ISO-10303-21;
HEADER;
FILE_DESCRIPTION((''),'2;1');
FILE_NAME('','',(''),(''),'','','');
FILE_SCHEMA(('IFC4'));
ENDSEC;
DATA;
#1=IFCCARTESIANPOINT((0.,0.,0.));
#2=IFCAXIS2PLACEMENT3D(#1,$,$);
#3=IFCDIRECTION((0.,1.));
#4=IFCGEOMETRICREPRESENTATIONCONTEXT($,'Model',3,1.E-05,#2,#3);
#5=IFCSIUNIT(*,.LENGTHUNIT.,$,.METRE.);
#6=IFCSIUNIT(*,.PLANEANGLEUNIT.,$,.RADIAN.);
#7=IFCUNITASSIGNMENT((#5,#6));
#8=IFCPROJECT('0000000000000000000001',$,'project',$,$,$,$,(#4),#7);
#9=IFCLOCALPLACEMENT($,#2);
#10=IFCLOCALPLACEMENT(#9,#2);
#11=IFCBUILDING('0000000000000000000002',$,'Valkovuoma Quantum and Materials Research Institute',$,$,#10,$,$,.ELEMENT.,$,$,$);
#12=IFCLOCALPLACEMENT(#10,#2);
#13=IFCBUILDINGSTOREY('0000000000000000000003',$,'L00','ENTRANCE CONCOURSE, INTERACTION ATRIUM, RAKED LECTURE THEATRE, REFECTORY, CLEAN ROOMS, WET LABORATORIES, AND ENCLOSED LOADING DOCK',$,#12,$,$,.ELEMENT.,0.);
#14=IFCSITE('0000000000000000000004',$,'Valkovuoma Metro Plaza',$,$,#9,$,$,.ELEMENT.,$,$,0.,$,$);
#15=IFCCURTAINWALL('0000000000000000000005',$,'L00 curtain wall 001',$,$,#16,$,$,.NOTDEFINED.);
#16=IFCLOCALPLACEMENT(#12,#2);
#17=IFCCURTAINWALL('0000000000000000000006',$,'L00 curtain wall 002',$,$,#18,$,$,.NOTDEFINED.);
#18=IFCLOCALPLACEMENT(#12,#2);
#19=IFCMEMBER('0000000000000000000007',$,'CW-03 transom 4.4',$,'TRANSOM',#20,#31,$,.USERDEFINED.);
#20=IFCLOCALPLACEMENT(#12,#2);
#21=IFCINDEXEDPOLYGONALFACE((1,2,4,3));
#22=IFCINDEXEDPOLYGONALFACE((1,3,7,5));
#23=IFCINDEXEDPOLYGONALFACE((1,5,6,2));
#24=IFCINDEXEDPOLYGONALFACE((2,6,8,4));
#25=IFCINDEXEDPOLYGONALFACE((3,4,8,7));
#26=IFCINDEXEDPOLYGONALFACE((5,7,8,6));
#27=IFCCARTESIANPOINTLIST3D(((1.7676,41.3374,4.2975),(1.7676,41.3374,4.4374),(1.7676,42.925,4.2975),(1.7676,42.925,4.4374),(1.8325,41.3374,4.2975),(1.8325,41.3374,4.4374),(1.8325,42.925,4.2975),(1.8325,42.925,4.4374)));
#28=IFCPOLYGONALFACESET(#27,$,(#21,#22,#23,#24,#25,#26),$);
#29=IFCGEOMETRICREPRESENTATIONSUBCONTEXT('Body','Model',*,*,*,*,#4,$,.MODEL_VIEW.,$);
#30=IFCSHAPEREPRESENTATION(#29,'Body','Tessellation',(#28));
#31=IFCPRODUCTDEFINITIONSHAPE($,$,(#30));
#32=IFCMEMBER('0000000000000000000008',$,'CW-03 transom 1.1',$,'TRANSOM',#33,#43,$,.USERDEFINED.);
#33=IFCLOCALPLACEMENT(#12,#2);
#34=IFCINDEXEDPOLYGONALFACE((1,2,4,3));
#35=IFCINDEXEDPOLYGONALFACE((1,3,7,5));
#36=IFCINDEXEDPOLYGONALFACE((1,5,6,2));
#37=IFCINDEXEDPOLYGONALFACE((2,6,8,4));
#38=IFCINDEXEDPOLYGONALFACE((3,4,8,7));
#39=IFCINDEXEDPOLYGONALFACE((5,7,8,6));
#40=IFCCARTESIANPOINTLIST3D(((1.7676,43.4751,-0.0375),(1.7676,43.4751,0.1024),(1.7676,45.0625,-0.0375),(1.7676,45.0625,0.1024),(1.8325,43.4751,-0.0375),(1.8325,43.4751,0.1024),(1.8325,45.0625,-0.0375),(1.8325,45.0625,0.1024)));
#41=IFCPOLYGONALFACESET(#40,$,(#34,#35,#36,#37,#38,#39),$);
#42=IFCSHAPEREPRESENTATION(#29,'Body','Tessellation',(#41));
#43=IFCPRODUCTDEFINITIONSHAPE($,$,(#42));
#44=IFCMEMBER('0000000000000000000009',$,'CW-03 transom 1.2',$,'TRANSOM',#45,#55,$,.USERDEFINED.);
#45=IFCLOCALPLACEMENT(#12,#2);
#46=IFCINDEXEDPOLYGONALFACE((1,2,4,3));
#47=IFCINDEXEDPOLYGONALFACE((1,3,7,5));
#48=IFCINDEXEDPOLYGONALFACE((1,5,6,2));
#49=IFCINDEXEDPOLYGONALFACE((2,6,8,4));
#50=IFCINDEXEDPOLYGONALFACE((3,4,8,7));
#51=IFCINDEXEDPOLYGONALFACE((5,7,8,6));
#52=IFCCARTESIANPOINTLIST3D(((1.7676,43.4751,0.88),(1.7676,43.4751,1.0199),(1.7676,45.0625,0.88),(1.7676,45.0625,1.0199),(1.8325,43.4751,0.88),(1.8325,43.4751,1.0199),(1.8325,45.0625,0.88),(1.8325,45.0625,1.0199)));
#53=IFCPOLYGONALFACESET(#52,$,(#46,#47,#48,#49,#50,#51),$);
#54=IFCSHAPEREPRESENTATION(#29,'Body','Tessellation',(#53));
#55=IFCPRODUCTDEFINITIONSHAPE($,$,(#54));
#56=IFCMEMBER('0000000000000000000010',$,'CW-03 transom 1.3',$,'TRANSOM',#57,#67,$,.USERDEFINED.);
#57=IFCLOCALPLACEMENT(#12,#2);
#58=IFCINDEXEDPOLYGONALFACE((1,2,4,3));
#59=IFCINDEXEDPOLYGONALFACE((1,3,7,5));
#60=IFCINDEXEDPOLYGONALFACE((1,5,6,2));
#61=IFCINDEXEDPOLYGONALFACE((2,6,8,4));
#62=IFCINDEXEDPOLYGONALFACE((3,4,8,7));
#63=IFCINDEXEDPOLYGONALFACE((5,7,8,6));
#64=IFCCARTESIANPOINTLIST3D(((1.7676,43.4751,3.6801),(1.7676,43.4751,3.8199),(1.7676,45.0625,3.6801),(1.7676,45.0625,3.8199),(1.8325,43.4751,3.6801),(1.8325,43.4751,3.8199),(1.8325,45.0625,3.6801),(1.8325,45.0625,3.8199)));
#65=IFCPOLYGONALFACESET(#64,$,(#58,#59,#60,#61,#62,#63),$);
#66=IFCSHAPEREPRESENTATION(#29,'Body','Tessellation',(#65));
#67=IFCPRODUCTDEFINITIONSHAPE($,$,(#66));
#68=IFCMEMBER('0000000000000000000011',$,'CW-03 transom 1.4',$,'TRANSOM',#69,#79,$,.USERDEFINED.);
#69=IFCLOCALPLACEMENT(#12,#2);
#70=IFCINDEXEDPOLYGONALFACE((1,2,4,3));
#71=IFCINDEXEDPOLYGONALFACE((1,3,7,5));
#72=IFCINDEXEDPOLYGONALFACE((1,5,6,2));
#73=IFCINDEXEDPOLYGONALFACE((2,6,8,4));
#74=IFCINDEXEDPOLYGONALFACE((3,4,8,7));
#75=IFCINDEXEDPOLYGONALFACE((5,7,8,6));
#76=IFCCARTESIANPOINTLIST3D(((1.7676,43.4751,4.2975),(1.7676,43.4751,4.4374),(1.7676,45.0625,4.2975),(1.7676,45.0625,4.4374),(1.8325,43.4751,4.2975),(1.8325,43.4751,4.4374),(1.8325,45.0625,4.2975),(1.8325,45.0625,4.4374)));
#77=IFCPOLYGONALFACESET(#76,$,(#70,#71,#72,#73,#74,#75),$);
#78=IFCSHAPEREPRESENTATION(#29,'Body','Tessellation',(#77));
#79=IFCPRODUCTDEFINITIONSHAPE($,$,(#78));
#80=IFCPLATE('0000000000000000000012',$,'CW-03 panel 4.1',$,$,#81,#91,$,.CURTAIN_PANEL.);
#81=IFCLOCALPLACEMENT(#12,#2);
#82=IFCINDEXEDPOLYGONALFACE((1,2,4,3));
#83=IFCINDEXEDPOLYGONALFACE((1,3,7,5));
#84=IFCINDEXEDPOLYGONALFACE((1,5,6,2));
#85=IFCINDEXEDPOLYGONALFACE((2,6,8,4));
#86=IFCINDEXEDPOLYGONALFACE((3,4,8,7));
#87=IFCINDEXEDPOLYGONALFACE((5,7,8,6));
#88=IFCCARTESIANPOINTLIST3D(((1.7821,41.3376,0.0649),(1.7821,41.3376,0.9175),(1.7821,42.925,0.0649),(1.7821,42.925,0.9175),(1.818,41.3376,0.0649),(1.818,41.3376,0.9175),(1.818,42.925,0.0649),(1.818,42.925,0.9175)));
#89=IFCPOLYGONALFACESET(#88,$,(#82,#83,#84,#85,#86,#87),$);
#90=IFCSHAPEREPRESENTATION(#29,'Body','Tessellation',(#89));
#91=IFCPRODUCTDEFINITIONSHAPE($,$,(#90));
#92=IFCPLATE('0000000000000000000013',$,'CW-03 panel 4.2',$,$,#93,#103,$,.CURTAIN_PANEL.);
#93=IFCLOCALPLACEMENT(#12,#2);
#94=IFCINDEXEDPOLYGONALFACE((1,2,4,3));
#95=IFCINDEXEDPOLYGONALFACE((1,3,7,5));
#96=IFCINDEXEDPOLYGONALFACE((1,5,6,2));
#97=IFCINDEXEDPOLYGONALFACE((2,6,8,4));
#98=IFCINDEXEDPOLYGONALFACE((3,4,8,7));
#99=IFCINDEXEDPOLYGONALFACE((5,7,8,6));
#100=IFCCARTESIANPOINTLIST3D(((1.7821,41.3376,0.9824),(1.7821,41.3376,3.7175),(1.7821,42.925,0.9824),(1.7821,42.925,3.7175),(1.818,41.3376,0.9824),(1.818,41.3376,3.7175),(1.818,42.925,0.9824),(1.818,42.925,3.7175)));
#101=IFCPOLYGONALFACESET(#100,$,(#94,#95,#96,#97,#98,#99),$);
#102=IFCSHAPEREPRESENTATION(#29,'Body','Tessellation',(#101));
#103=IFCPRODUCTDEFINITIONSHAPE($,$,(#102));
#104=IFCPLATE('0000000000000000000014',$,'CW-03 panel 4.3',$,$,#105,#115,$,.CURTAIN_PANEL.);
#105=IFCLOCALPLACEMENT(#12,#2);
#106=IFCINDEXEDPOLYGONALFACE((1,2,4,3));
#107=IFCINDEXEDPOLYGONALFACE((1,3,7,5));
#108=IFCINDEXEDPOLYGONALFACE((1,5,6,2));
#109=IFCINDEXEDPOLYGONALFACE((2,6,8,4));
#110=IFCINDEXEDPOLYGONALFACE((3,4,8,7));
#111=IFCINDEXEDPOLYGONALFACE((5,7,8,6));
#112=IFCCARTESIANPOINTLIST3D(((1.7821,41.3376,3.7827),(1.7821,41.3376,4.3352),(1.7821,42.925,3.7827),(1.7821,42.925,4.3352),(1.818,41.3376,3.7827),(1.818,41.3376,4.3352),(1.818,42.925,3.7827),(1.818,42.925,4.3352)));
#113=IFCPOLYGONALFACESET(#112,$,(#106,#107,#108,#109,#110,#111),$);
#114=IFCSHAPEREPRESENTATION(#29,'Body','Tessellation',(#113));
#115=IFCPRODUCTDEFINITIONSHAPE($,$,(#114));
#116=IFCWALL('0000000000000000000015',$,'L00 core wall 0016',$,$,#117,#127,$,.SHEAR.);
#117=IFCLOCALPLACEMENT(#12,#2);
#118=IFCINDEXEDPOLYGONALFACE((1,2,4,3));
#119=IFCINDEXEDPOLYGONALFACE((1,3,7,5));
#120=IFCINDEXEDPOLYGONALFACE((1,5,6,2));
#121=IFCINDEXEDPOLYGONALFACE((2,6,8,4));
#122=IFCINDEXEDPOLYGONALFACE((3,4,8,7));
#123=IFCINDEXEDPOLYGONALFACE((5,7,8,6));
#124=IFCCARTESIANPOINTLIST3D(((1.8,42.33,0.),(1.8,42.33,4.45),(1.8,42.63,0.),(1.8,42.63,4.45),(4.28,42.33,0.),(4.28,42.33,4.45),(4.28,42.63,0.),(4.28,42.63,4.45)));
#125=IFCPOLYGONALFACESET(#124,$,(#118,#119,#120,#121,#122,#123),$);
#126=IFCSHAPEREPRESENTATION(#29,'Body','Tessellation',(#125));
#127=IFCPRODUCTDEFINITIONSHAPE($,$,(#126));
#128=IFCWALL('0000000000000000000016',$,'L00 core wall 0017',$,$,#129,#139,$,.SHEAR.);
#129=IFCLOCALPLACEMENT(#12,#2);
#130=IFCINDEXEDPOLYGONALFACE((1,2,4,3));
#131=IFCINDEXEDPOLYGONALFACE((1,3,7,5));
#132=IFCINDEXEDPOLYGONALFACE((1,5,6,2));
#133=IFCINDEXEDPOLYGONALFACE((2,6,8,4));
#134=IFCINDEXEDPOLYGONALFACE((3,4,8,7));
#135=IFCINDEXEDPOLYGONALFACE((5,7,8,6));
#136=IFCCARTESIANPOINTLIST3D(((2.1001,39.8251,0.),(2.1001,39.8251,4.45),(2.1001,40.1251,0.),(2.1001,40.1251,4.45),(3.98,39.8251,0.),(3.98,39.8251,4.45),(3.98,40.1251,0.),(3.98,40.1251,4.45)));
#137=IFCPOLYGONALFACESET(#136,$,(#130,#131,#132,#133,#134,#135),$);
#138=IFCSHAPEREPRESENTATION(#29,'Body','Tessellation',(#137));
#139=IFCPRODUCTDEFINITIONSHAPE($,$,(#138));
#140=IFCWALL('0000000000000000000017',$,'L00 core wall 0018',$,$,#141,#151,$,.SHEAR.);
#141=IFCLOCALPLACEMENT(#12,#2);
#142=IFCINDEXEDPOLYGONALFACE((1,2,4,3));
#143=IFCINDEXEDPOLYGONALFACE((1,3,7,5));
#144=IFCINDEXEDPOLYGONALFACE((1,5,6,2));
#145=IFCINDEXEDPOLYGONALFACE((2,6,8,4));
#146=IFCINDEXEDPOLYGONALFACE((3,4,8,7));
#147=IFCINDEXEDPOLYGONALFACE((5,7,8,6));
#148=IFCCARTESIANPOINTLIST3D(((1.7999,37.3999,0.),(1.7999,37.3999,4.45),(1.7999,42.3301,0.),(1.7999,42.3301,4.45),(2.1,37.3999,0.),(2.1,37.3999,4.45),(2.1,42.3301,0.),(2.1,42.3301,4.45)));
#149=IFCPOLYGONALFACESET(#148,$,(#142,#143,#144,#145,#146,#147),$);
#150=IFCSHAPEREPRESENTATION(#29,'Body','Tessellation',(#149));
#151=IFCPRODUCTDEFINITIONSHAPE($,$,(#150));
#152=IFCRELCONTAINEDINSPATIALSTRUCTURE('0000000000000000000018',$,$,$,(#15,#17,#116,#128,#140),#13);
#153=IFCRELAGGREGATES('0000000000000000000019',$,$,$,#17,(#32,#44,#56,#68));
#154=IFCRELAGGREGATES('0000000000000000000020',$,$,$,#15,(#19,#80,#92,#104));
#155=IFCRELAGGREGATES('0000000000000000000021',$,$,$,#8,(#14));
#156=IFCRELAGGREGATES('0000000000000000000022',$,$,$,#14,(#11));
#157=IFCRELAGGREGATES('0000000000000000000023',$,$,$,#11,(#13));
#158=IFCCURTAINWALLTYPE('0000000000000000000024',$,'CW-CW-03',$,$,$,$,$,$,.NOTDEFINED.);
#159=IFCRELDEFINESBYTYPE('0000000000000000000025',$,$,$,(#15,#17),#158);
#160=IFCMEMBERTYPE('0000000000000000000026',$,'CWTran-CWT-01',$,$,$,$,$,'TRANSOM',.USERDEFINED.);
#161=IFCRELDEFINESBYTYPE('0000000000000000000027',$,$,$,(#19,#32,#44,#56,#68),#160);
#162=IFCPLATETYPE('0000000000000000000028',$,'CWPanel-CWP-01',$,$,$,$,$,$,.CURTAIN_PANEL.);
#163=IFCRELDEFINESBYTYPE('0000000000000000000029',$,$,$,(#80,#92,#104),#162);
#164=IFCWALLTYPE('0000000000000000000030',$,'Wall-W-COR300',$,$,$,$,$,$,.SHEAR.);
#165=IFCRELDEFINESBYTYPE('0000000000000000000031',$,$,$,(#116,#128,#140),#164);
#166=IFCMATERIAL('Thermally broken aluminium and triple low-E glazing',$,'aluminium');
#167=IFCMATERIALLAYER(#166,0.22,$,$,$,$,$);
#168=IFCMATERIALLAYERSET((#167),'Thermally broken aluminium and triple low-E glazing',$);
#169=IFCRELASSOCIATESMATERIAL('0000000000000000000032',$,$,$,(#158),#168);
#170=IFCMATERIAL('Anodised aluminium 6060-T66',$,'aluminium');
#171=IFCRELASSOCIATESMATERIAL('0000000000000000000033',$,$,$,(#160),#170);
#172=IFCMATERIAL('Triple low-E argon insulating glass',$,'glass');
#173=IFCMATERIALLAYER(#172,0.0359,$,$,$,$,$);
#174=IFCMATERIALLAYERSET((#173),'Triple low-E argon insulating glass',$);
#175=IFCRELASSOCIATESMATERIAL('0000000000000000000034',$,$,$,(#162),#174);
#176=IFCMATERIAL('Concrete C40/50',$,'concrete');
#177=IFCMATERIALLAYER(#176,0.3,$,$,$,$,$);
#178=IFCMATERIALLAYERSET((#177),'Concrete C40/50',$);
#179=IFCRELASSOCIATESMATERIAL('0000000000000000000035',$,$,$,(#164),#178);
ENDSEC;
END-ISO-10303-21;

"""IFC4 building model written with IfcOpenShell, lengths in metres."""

from ifc_helpers import new_model, si_unit, direction, frame, frame_2d, origin, origin_2d, place, context, subcontext, project, spatial, rectangle, extrude, material, layer, layer_set, material_profile, profile_set, type_object, element, aggregate, save


model = new_model("IFC4")

# Units and contexts
model_context = context("Model", 3, precision=1e-05, world=origin(), true_north=direction((0.0, 1.0)))
body_context = subcontext(model_context, "Body", "Model", "MODEL_VIEW")
ifc_project = project(units=[si_unit("LENGTHUNIT", "METRE"), si_unit("PLANEANGLEUNIT", "RADIAN")], contexts=[model_context])

# Site, building, storey
site_placement = place(None, origin())
site = spatial("IfcSite", under=ifc_project, at=site_placement, Name="Valkovuoma Metro Plaza", CompositionType="ELEMENT", RefElevation=0.0)
building_placement = place(site_placement, origin())
building = spatial("IfcBuilding", under=site, at=building_placement, Name="Valkovuoma Quantum and Materials Research Institute", CompositionType="ELEMENT")
storey_placement = place(building_placement, origin())
storey = spatial("IfcBuildingStorey", under=building, at=storey_placement, Name="L00", Description="ENTRANCE CONCOURSE, INTERACTION ATRIUM, RAKED LECTURE THEATRE, REFECTORY, CLEAN ROOMS, WET LABORATORIES, AND ENCLOSED LOADING DOCK", CompositionType="ELEMENT", Elevation=0.0)

# Curtain walls
ifc_material_1 = material(Name="Thermally broken aluminium and triple low-E glazing", Category="aluminium")
ifc_layer_1 = layer(ifc_material_1, 0.22)
ifc_layer_set_1 = layer_set([ifc_layer_1], Name="Thermally broken aluminium and triple low-E glazing")
curtain_wall_type = type_object("IfcCurtainWallType", Name="CW-CW-03", PredefinedType="NOTDEFINED", material=ifc_layer_set_1)
curtain_wall_1_placement = place(storey_placement, origin())
curtain_wall_1 = element("IfcCurtainWall", 1, at=curtain_wall_1_placement, inside=storey, type_object=curtain_wall_type, Name="L00 curtain wall 001", PredefinedType="NOTDEFINED")
curtain_wall_2_placement = place(storey_placement, origin())
curtain_wall_2 = element("IfcCurtainWall", 2, at=curtain_wall_2_placement, inside=storey, type_object=curtain_wall_type, Name="L00 curtain wall 002", PredefinedType="NOTDEFINED")

# Members
ifc_material_2 = material(Name="Anodised aluminium 6060-T66", Category="aluminium")
ifc_material_profile_1 = material_profile(ifc_material_2, rectangle(XDim=0.0649, YDim=0.1399, at=origin_2d()), Name="Anodised aluminium 6060-T66")
ifc_profile_set_1 = profile_set([ifc_material_profile_1], Name="Anodised aluminium 6060-T66")
member_type_1 = type_object("IfcMemberType", Name="CWTran-CWT-01", ElementType="TRANSOM", PredefinedType="USERDEFINED", material=ifc_profile_set_1)
member_1_placement = place(storey_placement, frame((1.8, 41.3374, 4.3674), z_axis=(0.0, 1.0, 0.0), x_axis=(-1.0, 0.0, 0.0)))
member_1 = element("IfcMember", 3, at=member_1_placement, type_object=member_type_1, Name="CW-03 transom 4.4", ObjectType="TRANSOM", PredefinedType="USERDEFINED", context=body_context, shape_type="SweptSolid", body=[
    extrude(rectangle(XDim=0.0649, YDim=0.1399, at=origin_2d()), origin(), (0.0, 0.0, 1.0), 1.5876),
])
member_2_placement = place(storey_placement, frame((1.8, 43.4751, 0.0325), z_axis=(0.0, 1.0, 0.0), x_axis=(-1.0, 0.0, 0.0)))
member_2 = element("IfcMember", 4, at=member_2_placement, type_object=member_type_1, Name="CW-03 transom 1.1", ObjectType="TRANSOM", PredefinedType="USERDEFINED", context=body_context, shape_type="SweptSolid", body=[
    extrude(rectangle(XDim=0.0649, YDim=0.1399, at=origin_2d()), origin(), (0.0, 0.0, 1.0), 1.5874),
])
member_3_placement = place(storey_placement, frame((1.8, 43.4751, 0.95), z_axis=(0.0, 1.0, 0.0), x_axis=(-1.0, 0.0, 0.0)))
member_3 = element("IfcMember", 5, at=member_3_placement, type_object=member_type_1, Name="CW-03 transom 1.2", ObjectType="TRANSOM", PredefinedType="USERDEFINED", context=body_context, shape_type="SweptSolid", body=[
    extrude(rectangle(XDim=0.0649, YDim=0.1399, at=origin_2d()), origin(), (0.0, 0.0, 1.0), 1.5874),
])
member_4_placement = place(storey_placement, frame((1.8, 43.4751, 3.75), z_axis=(0.0, 1.0, 0.0), x_axis=(-1.0, 0.0, 0.0)))
member_4 = element("IfcMember", 6, at=member_4_placement, type_object=member_type_1, Name="CW-03 transom 1.3", ObjectType="TRANSOM", PredefinedType="USERDEFINED", context=body_context, shape_type="SweptSolid", body=[
    extrude(rectangle(XDim=0.0649, YDim=0.1399, at=origin_2d()), origin(), (0.0, 0.0, 1.0), 1.5874),
])
member_5_placement = place(storey_placement, frame((1.8, 43.4751, 4.3674), z_axis=(0.0, 1.0, 0.0), x_axis=(-1.0, 0.0, 0.0)))
member_5 = element("IfcMember", 7, at=member_5_placement, type_object=member_type_1, Name="CW-03 transom 1.4", ObjectType="TRANSOM", PredefinedType="USERDEFINED", context=body_context, shape_type="SweptSolid", body=[
    extrude(rectangle(XDim=0.0649, YDim=0.1399, at=origin_2d()), origin(), (0.0, 0.0, 1.0), 1.5874),
])
aggregate(curtain_wall_2, [member_2, member_3, member_4, member_5])

# Plates
ifc_material_3 = material(Name="Triple low-E argon insulating glass", Category="glass")
ifc_layer_2 = layer(ifc_material_3, 0.0359)
ifc_layer_set_2 = layer_set([ifc_layer_2], Name="Triple low-E argon insulating glass")
plate_type = type_object("IfcPlateType", Name="CWPanel-CWP-01", PredefinedType="CURTAIN_PANEL", material=ifc_layer_set_2)
plate_1_placement = place(storey_placement, frame((1.8, 42.1313, 0.0649), z_axis=(0.0, 0.0, 1.0), x_axis=(0.0, 1.0, 0.0)))
plate_1 = element("IfcPlate", 8, at=plate_1_placement, type_object=plate_type, Name="CW-03 panel 4.1", PredefinedType="CURTAIN_PANEL", context=body_context, shape_type="SweptSolid", body=[
    extrude(rectangle(XDim=1.5874, YDim=0.0359, at=origin_2d()), origin(), (0.0, 0.0, 1.0), 0.8525),
])
plate_2_placement = place(storey_placement, frame((1.8, 42.1313, 0.9824), z_axis=(0.0, 0.0, 1.0), x_axis=(0.0, 1.0, 0.0)))
plate_2 = element("IfcPlate", 9, at=plate_2_placement, type_object=plate_type, Name="CW-03 panel 4.2", PredefinedType="CURTAIN_PANEL", context=body_context, shape_type="SweptSolid", body=[
    extrude(rectangle(XDim=1.5874, YDim=0.0359, at=origin_2d()), origin(), (0.0, 0.0, 1.0), 2.7351),
])
plate_3_placement = place(storey_placement, frame((1.8, 42.1313, 3.7827), z_axis=(0.0, 0.0, 1.0), x_axis=(0.0, 1.0, 0.0)))
plate_3 = element("IfcPlate", 10, at=plate_3_placement, type_object=plate_type, Name="CW-03 panel 4.3", PredefinedType="CURTAIN_PANEL", context=body_context, shape_type="SweptSolid", body=[
    extrude(rectangle(XDim=1.5874, YDim=0.0359, at=origin_2d()), origin(), (0.0, 0.0, 1.0), 0.5525),
])
aggregate(curtain_wall_1, [member_1, plate_1, plate_2, plate_3])

# Walls
ifc_material_4 = material(Name="Concrete C40/50", Category="concrete")
ifc_layer_3 = layer(ifc_material_4, 0.3)
ifc_layer_set_3 = layer_set([ifc_layer_3], Name="Concrete C40/50")
wall_type_1 = type_object("IfcWallType", Name="Wall-W-COR300", PredefinedType="SHEAR", material=ifc_layer_set_3)
wall_1_placement = place(storey_placement, frame((1.8, 42.48, 0.0), z_axis=(0.0, 0.0, 1.0), x_axis=(1.0, 0.0, 0.0)))
element("IfcWall", 11, at=wall_1_placement, inside=storey, type_object=wall_type_1, Name="L00 core wall 0016", PredefinedType="SHEAR", context=body_context, shape_type="SweptSolid", body=[
    extrude(rectangle(XDim=2.48, YDim=0.3, at=frame_2d((1.24, 0.0))), origin(), (0.0, 0.0, 1.0), 4.45),
])
wall_2_placement = place(storey_placement, frame((2.1001, 39.9751, 0.0), z_axis=(0.0, 0.0, 1.0), x_axis=(1.0, 0.0, 0.0)))
element("IfcWall", 12, at=wall_2_placement, inside=storey, type_object=wall_type_1, Name="L00 core wall 0017", PredefinedType="SHEAR", context=body_context, shape_type="SweptSolid", body=[
    extrude(rectangle(XDim=1.8799, YDim=0.3, at=frame_2d((0.9399, 0.0))), origin(), (0.0, 0.0, 1.0), 4.45),
])
wall_3_placement = place(storey_placement, frame((1.95, 37.3999, 0.0), z_axis=(0.0, 0.0, 1.0), x_axis=(0.0, 1.0, 0.0)))
element("IfcWall", 13, at=wall_3_placement, inside=storey, type_object=wall_type_1, Name="L00 core wall 0018", PredefinedType="SHEAR", context=body_context, shape_type="SweptSolid", body=[
    extrude(rectangle(XDim=4.9302, YDim=0.3, at=frame_2d((2.4651, 0.0))), origin(), (0.0, 0.0, 1.0), 4.45),
])

save(model, "model.ifc")
